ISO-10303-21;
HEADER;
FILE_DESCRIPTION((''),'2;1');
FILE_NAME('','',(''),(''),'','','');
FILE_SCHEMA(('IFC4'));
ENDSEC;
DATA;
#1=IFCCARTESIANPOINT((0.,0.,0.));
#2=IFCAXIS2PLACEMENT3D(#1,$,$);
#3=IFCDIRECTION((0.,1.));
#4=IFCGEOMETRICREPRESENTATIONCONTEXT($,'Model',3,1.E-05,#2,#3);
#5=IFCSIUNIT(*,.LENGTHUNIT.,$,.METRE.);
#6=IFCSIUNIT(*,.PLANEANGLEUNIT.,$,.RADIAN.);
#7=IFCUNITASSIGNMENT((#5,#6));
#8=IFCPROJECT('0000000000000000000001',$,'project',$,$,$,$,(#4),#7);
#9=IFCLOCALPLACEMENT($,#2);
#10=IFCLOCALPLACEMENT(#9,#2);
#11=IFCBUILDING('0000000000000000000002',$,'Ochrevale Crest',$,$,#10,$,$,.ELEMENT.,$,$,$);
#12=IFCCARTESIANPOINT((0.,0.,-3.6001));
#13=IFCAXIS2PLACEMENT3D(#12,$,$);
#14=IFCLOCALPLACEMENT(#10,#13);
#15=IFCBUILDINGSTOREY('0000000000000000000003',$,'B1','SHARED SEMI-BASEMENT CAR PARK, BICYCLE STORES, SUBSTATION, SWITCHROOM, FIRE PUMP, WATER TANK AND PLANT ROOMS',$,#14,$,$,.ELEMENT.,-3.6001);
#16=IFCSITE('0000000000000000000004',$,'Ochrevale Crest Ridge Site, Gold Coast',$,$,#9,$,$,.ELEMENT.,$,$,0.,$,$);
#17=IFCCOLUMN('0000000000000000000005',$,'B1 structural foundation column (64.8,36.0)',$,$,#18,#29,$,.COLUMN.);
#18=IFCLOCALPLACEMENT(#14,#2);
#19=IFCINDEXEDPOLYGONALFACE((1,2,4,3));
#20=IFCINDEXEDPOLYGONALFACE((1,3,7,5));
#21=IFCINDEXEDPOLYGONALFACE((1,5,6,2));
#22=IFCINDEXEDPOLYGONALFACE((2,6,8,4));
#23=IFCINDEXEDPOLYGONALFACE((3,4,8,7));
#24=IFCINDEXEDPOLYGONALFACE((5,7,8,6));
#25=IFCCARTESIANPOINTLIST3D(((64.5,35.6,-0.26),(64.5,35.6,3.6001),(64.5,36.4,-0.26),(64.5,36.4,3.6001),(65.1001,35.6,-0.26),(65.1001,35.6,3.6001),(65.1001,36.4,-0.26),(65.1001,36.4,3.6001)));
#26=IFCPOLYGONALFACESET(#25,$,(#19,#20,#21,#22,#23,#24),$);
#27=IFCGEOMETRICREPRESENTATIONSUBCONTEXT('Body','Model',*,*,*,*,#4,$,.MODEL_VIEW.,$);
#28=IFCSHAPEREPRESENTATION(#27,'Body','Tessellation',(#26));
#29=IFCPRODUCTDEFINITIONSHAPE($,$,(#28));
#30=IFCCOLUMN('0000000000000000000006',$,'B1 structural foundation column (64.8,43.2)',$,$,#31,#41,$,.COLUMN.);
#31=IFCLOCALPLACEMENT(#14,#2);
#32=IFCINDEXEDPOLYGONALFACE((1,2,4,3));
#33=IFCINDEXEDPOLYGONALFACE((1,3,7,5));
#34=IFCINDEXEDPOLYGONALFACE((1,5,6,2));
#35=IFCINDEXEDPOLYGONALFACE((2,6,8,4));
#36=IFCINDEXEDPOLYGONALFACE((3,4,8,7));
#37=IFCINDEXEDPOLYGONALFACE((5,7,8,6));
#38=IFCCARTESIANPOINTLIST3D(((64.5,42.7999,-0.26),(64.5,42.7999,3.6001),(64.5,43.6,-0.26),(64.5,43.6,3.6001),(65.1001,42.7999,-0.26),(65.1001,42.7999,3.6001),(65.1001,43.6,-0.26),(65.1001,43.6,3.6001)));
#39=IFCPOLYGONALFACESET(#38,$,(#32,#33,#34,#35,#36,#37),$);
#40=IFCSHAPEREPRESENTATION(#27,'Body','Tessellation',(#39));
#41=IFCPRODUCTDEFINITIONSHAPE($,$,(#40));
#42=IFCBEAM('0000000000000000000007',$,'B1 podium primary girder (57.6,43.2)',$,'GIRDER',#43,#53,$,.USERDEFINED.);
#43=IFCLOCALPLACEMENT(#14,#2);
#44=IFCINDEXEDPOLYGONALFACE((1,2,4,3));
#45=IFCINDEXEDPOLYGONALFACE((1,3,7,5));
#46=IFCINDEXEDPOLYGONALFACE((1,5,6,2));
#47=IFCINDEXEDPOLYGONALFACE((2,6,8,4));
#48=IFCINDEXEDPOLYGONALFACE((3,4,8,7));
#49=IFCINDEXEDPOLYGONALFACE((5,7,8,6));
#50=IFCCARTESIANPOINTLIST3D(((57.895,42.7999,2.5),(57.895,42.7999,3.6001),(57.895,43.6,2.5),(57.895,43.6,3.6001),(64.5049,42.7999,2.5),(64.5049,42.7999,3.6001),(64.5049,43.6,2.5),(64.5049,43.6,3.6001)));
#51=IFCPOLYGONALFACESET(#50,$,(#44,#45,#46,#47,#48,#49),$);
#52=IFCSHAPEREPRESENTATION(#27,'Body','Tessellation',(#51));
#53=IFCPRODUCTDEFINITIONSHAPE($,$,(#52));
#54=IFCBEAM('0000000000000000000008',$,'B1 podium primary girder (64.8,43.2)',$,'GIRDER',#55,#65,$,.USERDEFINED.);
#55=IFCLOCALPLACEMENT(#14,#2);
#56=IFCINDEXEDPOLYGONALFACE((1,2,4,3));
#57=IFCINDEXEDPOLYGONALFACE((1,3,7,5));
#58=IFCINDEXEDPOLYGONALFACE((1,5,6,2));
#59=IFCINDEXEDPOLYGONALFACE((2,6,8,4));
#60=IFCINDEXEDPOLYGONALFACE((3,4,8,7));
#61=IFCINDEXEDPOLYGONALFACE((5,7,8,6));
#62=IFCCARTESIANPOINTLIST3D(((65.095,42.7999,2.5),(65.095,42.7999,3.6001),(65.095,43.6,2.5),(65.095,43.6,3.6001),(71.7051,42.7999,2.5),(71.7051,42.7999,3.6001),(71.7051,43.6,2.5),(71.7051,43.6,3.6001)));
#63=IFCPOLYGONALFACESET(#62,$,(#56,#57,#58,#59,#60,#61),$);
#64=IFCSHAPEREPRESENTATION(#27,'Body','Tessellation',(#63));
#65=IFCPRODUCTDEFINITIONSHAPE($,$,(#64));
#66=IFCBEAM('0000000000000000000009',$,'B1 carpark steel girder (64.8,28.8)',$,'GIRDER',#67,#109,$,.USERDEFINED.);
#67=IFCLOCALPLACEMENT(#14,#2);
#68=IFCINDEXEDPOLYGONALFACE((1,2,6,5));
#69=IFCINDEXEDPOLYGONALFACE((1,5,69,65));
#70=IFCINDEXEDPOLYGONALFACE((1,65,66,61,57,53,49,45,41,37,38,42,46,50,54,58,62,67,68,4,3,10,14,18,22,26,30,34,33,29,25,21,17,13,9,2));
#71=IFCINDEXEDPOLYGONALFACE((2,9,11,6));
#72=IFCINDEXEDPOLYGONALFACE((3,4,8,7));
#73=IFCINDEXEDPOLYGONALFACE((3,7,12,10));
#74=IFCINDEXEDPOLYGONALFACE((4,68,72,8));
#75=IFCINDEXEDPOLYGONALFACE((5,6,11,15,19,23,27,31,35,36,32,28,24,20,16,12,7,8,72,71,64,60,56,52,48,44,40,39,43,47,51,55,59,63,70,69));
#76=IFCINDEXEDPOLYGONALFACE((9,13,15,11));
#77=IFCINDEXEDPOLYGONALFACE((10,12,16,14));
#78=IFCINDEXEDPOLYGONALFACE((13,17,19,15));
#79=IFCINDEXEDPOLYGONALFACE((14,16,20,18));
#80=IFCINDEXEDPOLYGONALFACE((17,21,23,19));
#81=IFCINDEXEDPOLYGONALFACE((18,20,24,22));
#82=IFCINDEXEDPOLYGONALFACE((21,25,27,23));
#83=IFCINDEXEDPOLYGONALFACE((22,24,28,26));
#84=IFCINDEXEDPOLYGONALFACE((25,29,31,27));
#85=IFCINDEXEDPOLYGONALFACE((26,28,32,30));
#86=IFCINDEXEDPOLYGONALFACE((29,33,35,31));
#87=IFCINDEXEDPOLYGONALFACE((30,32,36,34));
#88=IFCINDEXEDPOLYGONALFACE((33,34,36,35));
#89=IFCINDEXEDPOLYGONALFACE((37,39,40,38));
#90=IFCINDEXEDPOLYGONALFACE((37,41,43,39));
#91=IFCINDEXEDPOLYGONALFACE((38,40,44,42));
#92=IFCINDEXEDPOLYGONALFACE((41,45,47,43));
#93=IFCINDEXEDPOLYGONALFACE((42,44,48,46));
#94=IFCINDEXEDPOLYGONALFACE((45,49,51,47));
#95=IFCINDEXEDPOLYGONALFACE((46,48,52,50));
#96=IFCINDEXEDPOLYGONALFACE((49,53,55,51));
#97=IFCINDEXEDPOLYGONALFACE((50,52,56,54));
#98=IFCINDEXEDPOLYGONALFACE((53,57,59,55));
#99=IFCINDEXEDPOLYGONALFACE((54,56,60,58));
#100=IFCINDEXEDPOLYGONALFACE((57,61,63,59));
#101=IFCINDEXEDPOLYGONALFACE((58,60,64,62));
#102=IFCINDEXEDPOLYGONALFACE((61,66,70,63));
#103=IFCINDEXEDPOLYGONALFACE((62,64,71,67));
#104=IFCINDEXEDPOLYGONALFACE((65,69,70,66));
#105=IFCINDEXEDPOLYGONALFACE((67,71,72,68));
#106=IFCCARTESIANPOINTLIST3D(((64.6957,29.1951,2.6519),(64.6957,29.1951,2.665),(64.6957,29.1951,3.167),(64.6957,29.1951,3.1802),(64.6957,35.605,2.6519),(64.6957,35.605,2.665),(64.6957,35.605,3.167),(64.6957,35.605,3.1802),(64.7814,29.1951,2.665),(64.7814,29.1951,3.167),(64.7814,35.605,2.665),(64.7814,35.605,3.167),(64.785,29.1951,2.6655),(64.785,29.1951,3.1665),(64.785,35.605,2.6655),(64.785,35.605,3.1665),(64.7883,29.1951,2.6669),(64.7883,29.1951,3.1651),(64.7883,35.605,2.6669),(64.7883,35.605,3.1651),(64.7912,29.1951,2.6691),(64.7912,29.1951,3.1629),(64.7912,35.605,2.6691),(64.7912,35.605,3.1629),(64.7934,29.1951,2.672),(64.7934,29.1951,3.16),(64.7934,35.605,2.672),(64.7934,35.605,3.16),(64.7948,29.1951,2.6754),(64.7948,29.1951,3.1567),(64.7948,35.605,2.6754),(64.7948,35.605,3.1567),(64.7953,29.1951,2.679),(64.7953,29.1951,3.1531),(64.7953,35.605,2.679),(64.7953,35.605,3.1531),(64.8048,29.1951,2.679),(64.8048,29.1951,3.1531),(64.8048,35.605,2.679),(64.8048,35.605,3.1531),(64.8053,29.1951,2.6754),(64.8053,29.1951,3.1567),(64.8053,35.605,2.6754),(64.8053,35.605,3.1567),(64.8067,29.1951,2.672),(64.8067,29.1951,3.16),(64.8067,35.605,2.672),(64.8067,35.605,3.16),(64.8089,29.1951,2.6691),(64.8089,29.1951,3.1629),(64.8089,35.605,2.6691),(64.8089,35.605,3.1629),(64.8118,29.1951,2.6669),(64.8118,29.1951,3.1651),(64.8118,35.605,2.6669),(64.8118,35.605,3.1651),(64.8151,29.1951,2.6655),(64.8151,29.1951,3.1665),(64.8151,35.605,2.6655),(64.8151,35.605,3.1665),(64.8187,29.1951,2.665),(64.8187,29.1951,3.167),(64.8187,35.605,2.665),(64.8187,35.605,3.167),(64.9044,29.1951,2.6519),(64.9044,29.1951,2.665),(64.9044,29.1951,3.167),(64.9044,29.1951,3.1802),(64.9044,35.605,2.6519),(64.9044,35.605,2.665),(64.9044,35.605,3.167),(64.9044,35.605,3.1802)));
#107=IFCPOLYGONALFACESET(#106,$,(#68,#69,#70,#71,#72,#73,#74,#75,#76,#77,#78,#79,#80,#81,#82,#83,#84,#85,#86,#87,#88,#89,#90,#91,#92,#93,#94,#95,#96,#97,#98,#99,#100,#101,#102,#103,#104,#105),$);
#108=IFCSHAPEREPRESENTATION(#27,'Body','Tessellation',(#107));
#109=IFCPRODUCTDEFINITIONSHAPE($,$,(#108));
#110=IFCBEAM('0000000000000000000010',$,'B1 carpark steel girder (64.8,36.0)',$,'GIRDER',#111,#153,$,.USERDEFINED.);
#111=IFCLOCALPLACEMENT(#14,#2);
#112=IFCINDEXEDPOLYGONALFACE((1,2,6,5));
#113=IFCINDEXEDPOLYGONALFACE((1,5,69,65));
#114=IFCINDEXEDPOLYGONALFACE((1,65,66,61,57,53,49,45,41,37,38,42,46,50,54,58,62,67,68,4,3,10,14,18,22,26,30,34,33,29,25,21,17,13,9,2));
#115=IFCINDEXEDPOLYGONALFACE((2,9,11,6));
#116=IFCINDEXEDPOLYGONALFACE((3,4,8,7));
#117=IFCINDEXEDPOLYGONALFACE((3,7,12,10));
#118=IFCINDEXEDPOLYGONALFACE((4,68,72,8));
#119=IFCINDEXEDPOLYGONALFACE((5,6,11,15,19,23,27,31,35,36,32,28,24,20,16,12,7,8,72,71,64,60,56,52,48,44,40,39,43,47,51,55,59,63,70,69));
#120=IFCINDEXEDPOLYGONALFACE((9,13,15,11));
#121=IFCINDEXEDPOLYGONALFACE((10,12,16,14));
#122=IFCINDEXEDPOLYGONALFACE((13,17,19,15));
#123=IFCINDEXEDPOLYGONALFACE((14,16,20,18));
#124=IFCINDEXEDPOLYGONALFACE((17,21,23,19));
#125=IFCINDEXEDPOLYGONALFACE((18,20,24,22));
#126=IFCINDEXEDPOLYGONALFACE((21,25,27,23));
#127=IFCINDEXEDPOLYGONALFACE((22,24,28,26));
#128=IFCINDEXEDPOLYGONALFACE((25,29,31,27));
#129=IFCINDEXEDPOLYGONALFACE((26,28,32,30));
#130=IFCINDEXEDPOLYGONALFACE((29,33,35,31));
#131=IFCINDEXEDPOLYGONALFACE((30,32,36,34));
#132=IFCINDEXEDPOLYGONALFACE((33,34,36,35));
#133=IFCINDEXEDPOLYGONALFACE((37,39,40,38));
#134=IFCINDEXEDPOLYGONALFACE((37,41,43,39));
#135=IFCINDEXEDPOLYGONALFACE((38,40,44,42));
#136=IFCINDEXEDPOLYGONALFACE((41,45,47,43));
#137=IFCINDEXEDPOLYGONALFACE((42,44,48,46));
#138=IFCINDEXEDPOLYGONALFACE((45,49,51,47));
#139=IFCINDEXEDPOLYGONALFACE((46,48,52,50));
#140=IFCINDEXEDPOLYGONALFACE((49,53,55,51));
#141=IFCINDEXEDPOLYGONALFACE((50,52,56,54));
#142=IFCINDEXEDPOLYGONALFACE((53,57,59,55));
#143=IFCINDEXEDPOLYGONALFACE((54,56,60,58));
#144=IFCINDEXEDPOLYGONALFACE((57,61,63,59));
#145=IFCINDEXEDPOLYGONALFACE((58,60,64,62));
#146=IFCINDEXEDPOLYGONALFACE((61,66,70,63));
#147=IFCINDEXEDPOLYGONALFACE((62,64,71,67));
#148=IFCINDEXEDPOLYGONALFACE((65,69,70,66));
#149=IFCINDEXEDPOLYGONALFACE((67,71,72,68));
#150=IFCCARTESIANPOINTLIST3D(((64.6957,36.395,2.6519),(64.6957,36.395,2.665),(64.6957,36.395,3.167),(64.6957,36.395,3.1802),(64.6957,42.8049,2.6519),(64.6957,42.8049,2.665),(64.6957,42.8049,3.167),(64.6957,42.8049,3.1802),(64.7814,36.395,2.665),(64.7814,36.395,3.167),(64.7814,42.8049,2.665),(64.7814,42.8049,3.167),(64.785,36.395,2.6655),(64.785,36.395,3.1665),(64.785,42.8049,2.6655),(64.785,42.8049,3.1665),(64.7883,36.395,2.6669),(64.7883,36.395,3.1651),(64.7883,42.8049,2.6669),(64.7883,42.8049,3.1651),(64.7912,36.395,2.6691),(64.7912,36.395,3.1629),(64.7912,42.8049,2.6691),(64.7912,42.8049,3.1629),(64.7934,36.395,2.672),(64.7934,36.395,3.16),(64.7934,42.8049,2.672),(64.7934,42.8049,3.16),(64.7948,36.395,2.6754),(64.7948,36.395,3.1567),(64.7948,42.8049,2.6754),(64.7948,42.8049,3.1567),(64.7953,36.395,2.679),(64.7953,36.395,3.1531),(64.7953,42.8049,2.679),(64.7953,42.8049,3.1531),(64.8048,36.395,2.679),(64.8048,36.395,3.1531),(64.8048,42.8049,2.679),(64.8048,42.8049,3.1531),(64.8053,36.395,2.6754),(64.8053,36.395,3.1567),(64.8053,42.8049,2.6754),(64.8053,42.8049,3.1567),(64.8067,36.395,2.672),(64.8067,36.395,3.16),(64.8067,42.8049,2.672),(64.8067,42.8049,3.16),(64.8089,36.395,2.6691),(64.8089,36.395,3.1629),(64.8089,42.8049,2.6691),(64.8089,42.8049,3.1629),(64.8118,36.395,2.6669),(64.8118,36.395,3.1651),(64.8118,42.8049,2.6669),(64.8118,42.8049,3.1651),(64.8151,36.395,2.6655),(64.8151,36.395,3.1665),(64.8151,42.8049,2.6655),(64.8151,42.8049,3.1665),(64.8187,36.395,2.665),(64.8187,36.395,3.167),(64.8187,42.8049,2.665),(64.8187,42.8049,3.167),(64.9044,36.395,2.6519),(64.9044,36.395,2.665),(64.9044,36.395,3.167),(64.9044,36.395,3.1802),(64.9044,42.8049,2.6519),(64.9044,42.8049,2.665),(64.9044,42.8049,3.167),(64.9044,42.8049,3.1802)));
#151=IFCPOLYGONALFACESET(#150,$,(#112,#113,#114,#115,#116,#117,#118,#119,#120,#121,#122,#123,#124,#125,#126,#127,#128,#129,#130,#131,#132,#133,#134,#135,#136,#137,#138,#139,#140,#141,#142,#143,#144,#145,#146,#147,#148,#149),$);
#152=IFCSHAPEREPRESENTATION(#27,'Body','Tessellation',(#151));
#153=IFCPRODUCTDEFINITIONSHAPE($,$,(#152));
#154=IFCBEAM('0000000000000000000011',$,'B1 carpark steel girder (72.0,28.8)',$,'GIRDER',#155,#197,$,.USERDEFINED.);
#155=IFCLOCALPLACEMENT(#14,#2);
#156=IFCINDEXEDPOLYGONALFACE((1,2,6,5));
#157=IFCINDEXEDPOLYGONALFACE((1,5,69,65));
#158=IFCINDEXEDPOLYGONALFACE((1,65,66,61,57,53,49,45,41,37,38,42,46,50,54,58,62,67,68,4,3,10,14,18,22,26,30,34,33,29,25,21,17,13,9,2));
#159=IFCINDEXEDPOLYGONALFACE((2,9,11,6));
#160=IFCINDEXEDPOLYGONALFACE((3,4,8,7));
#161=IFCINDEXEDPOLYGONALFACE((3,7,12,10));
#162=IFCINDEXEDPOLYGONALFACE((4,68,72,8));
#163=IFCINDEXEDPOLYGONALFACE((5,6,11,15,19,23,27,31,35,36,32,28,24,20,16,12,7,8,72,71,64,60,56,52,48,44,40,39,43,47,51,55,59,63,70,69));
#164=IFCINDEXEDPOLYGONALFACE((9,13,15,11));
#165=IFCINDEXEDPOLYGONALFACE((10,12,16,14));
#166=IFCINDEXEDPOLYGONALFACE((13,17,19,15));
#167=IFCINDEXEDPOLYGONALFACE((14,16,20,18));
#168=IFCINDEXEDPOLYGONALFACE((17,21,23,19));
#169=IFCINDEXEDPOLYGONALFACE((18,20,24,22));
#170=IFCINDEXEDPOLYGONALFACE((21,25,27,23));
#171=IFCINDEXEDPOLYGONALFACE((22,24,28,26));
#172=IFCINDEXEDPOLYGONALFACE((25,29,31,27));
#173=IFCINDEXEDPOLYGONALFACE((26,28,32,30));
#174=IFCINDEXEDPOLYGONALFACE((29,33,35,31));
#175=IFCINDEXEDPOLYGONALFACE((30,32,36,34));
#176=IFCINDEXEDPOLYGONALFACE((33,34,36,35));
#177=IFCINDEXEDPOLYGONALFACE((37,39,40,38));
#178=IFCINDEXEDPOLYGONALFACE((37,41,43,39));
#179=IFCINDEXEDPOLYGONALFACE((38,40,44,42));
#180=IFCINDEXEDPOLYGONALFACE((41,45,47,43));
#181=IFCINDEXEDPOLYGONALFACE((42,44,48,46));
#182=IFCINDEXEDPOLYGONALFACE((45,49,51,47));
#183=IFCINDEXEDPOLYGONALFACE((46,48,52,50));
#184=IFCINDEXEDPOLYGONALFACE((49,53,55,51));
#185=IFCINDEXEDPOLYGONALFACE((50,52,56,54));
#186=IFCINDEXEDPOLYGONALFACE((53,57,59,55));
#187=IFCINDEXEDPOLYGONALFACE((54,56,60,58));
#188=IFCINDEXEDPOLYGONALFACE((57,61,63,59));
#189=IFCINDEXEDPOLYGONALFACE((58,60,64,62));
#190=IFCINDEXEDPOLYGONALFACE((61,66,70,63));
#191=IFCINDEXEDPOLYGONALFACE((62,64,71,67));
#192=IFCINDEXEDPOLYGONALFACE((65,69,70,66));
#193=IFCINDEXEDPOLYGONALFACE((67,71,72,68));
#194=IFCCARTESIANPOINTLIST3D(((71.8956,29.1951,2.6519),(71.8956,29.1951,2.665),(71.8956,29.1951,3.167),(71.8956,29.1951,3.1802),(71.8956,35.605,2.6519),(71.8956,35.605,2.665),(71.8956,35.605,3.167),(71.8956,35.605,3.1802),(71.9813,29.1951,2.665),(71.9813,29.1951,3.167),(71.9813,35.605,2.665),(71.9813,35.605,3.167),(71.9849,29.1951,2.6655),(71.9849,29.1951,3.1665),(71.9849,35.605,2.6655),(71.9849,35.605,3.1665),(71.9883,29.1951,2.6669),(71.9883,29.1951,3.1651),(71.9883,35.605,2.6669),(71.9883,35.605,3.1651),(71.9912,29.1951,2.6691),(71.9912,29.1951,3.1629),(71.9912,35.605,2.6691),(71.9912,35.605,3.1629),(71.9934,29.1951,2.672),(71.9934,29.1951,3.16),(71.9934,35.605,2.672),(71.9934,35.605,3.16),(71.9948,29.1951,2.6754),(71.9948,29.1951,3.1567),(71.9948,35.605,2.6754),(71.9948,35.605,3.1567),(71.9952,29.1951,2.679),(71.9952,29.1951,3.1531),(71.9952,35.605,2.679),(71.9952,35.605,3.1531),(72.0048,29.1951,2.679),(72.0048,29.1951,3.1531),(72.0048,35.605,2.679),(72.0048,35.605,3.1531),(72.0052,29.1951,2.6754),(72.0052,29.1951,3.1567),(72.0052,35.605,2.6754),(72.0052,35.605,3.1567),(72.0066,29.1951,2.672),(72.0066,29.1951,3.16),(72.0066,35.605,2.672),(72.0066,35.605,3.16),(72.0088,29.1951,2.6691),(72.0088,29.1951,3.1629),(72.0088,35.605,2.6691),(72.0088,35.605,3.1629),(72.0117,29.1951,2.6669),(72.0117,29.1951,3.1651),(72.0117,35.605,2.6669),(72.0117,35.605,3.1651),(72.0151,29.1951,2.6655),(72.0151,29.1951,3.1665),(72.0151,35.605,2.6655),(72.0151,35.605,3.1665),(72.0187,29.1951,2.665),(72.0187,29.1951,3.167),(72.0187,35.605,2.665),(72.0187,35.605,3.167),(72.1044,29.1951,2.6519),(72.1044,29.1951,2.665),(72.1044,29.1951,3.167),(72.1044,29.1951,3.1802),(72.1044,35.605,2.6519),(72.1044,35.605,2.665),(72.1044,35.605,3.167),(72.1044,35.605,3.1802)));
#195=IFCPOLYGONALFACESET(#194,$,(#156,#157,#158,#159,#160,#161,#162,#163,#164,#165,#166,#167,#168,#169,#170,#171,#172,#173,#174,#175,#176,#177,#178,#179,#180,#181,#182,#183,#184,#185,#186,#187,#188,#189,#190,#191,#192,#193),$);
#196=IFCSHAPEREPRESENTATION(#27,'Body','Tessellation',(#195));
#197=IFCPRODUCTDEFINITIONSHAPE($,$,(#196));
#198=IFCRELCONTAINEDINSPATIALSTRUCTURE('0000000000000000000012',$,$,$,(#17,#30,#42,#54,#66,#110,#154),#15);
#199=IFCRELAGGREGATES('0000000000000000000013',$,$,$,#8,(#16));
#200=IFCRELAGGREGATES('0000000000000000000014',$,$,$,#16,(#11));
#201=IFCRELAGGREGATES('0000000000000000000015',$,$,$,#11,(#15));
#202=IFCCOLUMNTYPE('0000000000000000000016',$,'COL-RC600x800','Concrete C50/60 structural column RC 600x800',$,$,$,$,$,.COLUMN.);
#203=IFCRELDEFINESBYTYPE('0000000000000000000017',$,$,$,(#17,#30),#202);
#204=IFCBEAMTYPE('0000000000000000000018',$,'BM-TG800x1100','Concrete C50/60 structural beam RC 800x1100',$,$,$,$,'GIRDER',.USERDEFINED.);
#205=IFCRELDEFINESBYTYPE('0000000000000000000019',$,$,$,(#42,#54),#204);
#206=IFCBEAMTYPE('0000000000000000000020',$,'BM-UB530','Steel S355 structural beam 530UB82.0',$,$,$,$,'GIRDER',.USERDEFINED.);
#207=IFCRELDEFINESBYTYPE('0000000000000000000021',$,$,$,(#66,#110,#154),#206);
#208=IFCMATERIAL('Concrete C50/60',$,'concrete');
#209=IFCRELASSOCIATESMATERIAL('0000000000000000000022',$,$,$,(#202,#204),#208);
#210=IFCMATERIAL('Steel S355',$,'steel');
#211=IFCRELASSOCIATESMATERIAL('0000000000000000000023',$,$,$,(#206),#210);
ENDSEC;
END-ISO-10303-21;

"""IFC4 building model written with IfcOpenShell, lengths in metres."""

from ifc_helpers import new_model, si_unit, direction, frame, origin, origin_2d, place, context, subcontext, project, spatial, rectangle, i_section, extrude, material, material_profile, profile_set, type_object, element, save


model = new_model("IFC4")

# Units and contexts
model_context = context("Model", 3, precision=1e-05, world=origin(), true_north=direction((0.0, 1.0)))
body_context = subcontext(model_context, "Body", "Model", "MODEL_VIEW")
ifc_project = project(units=[si_unit("LENGTHUNIT", "METRE"), si_unit("PLANEANGLEUNIT", "RADIAN")], contexts=[model_context])

# Site, building, storey
site_placement = place(None, origin())
site = spatial("IfcSite", under=ifc_project, at=site_placement, Name="Ochrevale Crest Ridge Site, Gold Coast", CompositionType="ELEMENT", RefElevation=0.0)
building_placement = place(site_placement, origin())
building = spatial("IfcBuilding", under=site, at=building_placement, Name="Ochrevale Crest", CompositionType="ELEMENT")
storey_placement = place(building_placement, frame((0.0, 0.0, -3.6001)))
storey = spatial("IfcBuildingStorey", under=building, at=storey_placement, Name="B1", Description="SHARED SEMI-BASEMENT CAR PARK, BICYCLE STORES, SUBSTATION, SWITCHROOM, FIRE PUMP, WATER TANK AND PLANT ROOMS", CompositionType="ELEMENT", Elevation=-3.6001)

# Columns
ifc_material_1 = material(Name="Concrete C50/60", Category="concrete")
ifc_material_profile_1 = material_profile(ifc_material_1, rectangle(XDim=0.6001, YDim=0.8, at=origin_2d()), Name="RC 600x800")
ifc_profile_set_1 = profile_set([ifc_material_profile_1], Name="Concrete C50/60")
column_type = type_object("IfcColumnType", Name="COL-RC600x800", Description="Concrete C50/60 structural column RC 600x800", PredefinedType="COLUMN", material=ifc_profile_set_1)
for number, where, z_axis, x_axis, name in (
    (1, (64.8, 36.0, -0.26), (0.0, 0.0, 1.0), (1.0, 0.0, 0.0), "B1 structural foundation column (64.8,36.0)"),
    (2, (64.8, 43.2, -0.26), (0.0, 0.0, 1.0), (1.0, 0.0, 0.0), "B1 structural foundation column (64.8,43.2)"),
):
    element("IfcColumn", number, at=place(storey_placement, frame(where, z_axis=z_axis, x_axis=x_axis)), inside=storey, type_object=column_type, Name=name, PredefinedType="COLUMN", context=body_context, shape_type="SweptSolid", body=[
        extrude(rectangle(XDim=0.6001, YDim=0.8, at=origin_2d()), origin(), (0.0, 0.0, 1.0), 3.8601),
    ])

# Beams
ifc_material_profile_2 = material_profile(ifc_material_1, rectangle(XDim=0.8, YDim=1.1001, at=origin_2d()), Name="RC 800x1100")
ifc_profile_set_2 = profile_set([ifc_material_profile_2], Name="Concrete C50/60")
beam_type_1 = type_object("IfcBeamType", Name="BM-TG800x1100", Description="Concrete C50/60 structural beam RC 800x1100", ElementType="GIRDER", PredefinedType="USERDEFINED", material=ifc_profile_set_2)
beam_1_placement = place(storey_placement, frame((57.895, 43.2, 3.05), z_axis=(1.0, 0.0, 0.0), x_axis=(0.0, 1.0, 0.0)))
element("IfcBeam", 3, at=beam_1_placement, inside=storey, type_object=beam_type_1, Name="B1 podium primary girder (57.6,43.2)", ObjectType="GIRDER", PredefinedType="USERDEFINED", context=body_context, shape_type="SweptSolid", body=[
    extrude(rectangle(XDim=0.8, YDim=1.1001, at=origin_2d()), origin(), (0.0, 0.0, 1.0), 6.6099),
])
beam_2_placement = place(storey_placement, frame((65.095, 43.2, 3.05), z_axis=(1.0, 0.0, 0.0), x_axis=(0.0, 1.0, 0.0)))
element("IfcBeam", 4, at=beam_2_placement, inside=storey, type_object=beam_type_1, Name="B1 podium primary girder (64.8,43.2)", ObjectType="GIRDER", PredefinedType="USERDEFINED", context=body_context, shape_type="SweptSolid", body=[
    extrude(rectangle(XDim=0.8, YDim=1.1001, at=origin_2d()), origin(), (0.0, 0.0, 1.0), 6.6101),
])
ifc_material_2 = material(Name="Steel S355", Category="steel")
ifc_material_profile_3 = material_profile(ifc_material_2, i_section(OverallWidth=0.2087, OverallDepth=0.5283, WebThickness=0.0095, FlangeThickness=0.0132, FilletRadius=0.0139, at=origin_2d()), Name="530UB82.0")
ifc_profile_set_3 = profile_set([ifc_material_profile_3], Name="Steel S355")
beam_type_2 = type_object("IfcBeamType", Name="BM-UB530", Description="Steel S355 structural beam 530UB82.0", ElementType="GIRDER", PredefinedType="USERDEFINED", material=ifc_profile_set_3)
for number, where, z_axis, x_axis, name in (
    (5, (64.8, 29.1951, 2.916), (0.0, 1.0, 0.0), (-1.0, 0.0, 0.0), "B1 carpark steel girder (64.8,28.8)"),
    (6, (64.8, 36.395, 2.916), (0.0, 1.0, 0.0), (-1.0, 0.0, 0.0), "B1 carpark steel girder (64.8,36.0)"),
    (7, (72.0, 29.1951, 2.916), (0.0, 1.0, 0.0), (-1.0, 0.0, 0.0), "B1 carpark steel girder (72.0,28.8)"),
):
    element("IfcBeam", number, at=place(storey_placement, frame(where, z_axis=z_axis, x_axis=x_axis)), inside=storey, type_object=beam_type_2, Name=name, ObjectType="GIRDER", PredefinedType="USERDEFINED", context=body_context, shape_type="SweptSolid", body=[
        extrude(i_section(OverallWidth=0.2087, OverallDepth=0.5283, WebThickness=0.0095, FlangeThickness=0.0132, FilletRadius=0.0139, at=origin_2d()), origin(), (0.0, 0.0, 1.0), 6.4099),
    ])

save(model, "model.ifc")
